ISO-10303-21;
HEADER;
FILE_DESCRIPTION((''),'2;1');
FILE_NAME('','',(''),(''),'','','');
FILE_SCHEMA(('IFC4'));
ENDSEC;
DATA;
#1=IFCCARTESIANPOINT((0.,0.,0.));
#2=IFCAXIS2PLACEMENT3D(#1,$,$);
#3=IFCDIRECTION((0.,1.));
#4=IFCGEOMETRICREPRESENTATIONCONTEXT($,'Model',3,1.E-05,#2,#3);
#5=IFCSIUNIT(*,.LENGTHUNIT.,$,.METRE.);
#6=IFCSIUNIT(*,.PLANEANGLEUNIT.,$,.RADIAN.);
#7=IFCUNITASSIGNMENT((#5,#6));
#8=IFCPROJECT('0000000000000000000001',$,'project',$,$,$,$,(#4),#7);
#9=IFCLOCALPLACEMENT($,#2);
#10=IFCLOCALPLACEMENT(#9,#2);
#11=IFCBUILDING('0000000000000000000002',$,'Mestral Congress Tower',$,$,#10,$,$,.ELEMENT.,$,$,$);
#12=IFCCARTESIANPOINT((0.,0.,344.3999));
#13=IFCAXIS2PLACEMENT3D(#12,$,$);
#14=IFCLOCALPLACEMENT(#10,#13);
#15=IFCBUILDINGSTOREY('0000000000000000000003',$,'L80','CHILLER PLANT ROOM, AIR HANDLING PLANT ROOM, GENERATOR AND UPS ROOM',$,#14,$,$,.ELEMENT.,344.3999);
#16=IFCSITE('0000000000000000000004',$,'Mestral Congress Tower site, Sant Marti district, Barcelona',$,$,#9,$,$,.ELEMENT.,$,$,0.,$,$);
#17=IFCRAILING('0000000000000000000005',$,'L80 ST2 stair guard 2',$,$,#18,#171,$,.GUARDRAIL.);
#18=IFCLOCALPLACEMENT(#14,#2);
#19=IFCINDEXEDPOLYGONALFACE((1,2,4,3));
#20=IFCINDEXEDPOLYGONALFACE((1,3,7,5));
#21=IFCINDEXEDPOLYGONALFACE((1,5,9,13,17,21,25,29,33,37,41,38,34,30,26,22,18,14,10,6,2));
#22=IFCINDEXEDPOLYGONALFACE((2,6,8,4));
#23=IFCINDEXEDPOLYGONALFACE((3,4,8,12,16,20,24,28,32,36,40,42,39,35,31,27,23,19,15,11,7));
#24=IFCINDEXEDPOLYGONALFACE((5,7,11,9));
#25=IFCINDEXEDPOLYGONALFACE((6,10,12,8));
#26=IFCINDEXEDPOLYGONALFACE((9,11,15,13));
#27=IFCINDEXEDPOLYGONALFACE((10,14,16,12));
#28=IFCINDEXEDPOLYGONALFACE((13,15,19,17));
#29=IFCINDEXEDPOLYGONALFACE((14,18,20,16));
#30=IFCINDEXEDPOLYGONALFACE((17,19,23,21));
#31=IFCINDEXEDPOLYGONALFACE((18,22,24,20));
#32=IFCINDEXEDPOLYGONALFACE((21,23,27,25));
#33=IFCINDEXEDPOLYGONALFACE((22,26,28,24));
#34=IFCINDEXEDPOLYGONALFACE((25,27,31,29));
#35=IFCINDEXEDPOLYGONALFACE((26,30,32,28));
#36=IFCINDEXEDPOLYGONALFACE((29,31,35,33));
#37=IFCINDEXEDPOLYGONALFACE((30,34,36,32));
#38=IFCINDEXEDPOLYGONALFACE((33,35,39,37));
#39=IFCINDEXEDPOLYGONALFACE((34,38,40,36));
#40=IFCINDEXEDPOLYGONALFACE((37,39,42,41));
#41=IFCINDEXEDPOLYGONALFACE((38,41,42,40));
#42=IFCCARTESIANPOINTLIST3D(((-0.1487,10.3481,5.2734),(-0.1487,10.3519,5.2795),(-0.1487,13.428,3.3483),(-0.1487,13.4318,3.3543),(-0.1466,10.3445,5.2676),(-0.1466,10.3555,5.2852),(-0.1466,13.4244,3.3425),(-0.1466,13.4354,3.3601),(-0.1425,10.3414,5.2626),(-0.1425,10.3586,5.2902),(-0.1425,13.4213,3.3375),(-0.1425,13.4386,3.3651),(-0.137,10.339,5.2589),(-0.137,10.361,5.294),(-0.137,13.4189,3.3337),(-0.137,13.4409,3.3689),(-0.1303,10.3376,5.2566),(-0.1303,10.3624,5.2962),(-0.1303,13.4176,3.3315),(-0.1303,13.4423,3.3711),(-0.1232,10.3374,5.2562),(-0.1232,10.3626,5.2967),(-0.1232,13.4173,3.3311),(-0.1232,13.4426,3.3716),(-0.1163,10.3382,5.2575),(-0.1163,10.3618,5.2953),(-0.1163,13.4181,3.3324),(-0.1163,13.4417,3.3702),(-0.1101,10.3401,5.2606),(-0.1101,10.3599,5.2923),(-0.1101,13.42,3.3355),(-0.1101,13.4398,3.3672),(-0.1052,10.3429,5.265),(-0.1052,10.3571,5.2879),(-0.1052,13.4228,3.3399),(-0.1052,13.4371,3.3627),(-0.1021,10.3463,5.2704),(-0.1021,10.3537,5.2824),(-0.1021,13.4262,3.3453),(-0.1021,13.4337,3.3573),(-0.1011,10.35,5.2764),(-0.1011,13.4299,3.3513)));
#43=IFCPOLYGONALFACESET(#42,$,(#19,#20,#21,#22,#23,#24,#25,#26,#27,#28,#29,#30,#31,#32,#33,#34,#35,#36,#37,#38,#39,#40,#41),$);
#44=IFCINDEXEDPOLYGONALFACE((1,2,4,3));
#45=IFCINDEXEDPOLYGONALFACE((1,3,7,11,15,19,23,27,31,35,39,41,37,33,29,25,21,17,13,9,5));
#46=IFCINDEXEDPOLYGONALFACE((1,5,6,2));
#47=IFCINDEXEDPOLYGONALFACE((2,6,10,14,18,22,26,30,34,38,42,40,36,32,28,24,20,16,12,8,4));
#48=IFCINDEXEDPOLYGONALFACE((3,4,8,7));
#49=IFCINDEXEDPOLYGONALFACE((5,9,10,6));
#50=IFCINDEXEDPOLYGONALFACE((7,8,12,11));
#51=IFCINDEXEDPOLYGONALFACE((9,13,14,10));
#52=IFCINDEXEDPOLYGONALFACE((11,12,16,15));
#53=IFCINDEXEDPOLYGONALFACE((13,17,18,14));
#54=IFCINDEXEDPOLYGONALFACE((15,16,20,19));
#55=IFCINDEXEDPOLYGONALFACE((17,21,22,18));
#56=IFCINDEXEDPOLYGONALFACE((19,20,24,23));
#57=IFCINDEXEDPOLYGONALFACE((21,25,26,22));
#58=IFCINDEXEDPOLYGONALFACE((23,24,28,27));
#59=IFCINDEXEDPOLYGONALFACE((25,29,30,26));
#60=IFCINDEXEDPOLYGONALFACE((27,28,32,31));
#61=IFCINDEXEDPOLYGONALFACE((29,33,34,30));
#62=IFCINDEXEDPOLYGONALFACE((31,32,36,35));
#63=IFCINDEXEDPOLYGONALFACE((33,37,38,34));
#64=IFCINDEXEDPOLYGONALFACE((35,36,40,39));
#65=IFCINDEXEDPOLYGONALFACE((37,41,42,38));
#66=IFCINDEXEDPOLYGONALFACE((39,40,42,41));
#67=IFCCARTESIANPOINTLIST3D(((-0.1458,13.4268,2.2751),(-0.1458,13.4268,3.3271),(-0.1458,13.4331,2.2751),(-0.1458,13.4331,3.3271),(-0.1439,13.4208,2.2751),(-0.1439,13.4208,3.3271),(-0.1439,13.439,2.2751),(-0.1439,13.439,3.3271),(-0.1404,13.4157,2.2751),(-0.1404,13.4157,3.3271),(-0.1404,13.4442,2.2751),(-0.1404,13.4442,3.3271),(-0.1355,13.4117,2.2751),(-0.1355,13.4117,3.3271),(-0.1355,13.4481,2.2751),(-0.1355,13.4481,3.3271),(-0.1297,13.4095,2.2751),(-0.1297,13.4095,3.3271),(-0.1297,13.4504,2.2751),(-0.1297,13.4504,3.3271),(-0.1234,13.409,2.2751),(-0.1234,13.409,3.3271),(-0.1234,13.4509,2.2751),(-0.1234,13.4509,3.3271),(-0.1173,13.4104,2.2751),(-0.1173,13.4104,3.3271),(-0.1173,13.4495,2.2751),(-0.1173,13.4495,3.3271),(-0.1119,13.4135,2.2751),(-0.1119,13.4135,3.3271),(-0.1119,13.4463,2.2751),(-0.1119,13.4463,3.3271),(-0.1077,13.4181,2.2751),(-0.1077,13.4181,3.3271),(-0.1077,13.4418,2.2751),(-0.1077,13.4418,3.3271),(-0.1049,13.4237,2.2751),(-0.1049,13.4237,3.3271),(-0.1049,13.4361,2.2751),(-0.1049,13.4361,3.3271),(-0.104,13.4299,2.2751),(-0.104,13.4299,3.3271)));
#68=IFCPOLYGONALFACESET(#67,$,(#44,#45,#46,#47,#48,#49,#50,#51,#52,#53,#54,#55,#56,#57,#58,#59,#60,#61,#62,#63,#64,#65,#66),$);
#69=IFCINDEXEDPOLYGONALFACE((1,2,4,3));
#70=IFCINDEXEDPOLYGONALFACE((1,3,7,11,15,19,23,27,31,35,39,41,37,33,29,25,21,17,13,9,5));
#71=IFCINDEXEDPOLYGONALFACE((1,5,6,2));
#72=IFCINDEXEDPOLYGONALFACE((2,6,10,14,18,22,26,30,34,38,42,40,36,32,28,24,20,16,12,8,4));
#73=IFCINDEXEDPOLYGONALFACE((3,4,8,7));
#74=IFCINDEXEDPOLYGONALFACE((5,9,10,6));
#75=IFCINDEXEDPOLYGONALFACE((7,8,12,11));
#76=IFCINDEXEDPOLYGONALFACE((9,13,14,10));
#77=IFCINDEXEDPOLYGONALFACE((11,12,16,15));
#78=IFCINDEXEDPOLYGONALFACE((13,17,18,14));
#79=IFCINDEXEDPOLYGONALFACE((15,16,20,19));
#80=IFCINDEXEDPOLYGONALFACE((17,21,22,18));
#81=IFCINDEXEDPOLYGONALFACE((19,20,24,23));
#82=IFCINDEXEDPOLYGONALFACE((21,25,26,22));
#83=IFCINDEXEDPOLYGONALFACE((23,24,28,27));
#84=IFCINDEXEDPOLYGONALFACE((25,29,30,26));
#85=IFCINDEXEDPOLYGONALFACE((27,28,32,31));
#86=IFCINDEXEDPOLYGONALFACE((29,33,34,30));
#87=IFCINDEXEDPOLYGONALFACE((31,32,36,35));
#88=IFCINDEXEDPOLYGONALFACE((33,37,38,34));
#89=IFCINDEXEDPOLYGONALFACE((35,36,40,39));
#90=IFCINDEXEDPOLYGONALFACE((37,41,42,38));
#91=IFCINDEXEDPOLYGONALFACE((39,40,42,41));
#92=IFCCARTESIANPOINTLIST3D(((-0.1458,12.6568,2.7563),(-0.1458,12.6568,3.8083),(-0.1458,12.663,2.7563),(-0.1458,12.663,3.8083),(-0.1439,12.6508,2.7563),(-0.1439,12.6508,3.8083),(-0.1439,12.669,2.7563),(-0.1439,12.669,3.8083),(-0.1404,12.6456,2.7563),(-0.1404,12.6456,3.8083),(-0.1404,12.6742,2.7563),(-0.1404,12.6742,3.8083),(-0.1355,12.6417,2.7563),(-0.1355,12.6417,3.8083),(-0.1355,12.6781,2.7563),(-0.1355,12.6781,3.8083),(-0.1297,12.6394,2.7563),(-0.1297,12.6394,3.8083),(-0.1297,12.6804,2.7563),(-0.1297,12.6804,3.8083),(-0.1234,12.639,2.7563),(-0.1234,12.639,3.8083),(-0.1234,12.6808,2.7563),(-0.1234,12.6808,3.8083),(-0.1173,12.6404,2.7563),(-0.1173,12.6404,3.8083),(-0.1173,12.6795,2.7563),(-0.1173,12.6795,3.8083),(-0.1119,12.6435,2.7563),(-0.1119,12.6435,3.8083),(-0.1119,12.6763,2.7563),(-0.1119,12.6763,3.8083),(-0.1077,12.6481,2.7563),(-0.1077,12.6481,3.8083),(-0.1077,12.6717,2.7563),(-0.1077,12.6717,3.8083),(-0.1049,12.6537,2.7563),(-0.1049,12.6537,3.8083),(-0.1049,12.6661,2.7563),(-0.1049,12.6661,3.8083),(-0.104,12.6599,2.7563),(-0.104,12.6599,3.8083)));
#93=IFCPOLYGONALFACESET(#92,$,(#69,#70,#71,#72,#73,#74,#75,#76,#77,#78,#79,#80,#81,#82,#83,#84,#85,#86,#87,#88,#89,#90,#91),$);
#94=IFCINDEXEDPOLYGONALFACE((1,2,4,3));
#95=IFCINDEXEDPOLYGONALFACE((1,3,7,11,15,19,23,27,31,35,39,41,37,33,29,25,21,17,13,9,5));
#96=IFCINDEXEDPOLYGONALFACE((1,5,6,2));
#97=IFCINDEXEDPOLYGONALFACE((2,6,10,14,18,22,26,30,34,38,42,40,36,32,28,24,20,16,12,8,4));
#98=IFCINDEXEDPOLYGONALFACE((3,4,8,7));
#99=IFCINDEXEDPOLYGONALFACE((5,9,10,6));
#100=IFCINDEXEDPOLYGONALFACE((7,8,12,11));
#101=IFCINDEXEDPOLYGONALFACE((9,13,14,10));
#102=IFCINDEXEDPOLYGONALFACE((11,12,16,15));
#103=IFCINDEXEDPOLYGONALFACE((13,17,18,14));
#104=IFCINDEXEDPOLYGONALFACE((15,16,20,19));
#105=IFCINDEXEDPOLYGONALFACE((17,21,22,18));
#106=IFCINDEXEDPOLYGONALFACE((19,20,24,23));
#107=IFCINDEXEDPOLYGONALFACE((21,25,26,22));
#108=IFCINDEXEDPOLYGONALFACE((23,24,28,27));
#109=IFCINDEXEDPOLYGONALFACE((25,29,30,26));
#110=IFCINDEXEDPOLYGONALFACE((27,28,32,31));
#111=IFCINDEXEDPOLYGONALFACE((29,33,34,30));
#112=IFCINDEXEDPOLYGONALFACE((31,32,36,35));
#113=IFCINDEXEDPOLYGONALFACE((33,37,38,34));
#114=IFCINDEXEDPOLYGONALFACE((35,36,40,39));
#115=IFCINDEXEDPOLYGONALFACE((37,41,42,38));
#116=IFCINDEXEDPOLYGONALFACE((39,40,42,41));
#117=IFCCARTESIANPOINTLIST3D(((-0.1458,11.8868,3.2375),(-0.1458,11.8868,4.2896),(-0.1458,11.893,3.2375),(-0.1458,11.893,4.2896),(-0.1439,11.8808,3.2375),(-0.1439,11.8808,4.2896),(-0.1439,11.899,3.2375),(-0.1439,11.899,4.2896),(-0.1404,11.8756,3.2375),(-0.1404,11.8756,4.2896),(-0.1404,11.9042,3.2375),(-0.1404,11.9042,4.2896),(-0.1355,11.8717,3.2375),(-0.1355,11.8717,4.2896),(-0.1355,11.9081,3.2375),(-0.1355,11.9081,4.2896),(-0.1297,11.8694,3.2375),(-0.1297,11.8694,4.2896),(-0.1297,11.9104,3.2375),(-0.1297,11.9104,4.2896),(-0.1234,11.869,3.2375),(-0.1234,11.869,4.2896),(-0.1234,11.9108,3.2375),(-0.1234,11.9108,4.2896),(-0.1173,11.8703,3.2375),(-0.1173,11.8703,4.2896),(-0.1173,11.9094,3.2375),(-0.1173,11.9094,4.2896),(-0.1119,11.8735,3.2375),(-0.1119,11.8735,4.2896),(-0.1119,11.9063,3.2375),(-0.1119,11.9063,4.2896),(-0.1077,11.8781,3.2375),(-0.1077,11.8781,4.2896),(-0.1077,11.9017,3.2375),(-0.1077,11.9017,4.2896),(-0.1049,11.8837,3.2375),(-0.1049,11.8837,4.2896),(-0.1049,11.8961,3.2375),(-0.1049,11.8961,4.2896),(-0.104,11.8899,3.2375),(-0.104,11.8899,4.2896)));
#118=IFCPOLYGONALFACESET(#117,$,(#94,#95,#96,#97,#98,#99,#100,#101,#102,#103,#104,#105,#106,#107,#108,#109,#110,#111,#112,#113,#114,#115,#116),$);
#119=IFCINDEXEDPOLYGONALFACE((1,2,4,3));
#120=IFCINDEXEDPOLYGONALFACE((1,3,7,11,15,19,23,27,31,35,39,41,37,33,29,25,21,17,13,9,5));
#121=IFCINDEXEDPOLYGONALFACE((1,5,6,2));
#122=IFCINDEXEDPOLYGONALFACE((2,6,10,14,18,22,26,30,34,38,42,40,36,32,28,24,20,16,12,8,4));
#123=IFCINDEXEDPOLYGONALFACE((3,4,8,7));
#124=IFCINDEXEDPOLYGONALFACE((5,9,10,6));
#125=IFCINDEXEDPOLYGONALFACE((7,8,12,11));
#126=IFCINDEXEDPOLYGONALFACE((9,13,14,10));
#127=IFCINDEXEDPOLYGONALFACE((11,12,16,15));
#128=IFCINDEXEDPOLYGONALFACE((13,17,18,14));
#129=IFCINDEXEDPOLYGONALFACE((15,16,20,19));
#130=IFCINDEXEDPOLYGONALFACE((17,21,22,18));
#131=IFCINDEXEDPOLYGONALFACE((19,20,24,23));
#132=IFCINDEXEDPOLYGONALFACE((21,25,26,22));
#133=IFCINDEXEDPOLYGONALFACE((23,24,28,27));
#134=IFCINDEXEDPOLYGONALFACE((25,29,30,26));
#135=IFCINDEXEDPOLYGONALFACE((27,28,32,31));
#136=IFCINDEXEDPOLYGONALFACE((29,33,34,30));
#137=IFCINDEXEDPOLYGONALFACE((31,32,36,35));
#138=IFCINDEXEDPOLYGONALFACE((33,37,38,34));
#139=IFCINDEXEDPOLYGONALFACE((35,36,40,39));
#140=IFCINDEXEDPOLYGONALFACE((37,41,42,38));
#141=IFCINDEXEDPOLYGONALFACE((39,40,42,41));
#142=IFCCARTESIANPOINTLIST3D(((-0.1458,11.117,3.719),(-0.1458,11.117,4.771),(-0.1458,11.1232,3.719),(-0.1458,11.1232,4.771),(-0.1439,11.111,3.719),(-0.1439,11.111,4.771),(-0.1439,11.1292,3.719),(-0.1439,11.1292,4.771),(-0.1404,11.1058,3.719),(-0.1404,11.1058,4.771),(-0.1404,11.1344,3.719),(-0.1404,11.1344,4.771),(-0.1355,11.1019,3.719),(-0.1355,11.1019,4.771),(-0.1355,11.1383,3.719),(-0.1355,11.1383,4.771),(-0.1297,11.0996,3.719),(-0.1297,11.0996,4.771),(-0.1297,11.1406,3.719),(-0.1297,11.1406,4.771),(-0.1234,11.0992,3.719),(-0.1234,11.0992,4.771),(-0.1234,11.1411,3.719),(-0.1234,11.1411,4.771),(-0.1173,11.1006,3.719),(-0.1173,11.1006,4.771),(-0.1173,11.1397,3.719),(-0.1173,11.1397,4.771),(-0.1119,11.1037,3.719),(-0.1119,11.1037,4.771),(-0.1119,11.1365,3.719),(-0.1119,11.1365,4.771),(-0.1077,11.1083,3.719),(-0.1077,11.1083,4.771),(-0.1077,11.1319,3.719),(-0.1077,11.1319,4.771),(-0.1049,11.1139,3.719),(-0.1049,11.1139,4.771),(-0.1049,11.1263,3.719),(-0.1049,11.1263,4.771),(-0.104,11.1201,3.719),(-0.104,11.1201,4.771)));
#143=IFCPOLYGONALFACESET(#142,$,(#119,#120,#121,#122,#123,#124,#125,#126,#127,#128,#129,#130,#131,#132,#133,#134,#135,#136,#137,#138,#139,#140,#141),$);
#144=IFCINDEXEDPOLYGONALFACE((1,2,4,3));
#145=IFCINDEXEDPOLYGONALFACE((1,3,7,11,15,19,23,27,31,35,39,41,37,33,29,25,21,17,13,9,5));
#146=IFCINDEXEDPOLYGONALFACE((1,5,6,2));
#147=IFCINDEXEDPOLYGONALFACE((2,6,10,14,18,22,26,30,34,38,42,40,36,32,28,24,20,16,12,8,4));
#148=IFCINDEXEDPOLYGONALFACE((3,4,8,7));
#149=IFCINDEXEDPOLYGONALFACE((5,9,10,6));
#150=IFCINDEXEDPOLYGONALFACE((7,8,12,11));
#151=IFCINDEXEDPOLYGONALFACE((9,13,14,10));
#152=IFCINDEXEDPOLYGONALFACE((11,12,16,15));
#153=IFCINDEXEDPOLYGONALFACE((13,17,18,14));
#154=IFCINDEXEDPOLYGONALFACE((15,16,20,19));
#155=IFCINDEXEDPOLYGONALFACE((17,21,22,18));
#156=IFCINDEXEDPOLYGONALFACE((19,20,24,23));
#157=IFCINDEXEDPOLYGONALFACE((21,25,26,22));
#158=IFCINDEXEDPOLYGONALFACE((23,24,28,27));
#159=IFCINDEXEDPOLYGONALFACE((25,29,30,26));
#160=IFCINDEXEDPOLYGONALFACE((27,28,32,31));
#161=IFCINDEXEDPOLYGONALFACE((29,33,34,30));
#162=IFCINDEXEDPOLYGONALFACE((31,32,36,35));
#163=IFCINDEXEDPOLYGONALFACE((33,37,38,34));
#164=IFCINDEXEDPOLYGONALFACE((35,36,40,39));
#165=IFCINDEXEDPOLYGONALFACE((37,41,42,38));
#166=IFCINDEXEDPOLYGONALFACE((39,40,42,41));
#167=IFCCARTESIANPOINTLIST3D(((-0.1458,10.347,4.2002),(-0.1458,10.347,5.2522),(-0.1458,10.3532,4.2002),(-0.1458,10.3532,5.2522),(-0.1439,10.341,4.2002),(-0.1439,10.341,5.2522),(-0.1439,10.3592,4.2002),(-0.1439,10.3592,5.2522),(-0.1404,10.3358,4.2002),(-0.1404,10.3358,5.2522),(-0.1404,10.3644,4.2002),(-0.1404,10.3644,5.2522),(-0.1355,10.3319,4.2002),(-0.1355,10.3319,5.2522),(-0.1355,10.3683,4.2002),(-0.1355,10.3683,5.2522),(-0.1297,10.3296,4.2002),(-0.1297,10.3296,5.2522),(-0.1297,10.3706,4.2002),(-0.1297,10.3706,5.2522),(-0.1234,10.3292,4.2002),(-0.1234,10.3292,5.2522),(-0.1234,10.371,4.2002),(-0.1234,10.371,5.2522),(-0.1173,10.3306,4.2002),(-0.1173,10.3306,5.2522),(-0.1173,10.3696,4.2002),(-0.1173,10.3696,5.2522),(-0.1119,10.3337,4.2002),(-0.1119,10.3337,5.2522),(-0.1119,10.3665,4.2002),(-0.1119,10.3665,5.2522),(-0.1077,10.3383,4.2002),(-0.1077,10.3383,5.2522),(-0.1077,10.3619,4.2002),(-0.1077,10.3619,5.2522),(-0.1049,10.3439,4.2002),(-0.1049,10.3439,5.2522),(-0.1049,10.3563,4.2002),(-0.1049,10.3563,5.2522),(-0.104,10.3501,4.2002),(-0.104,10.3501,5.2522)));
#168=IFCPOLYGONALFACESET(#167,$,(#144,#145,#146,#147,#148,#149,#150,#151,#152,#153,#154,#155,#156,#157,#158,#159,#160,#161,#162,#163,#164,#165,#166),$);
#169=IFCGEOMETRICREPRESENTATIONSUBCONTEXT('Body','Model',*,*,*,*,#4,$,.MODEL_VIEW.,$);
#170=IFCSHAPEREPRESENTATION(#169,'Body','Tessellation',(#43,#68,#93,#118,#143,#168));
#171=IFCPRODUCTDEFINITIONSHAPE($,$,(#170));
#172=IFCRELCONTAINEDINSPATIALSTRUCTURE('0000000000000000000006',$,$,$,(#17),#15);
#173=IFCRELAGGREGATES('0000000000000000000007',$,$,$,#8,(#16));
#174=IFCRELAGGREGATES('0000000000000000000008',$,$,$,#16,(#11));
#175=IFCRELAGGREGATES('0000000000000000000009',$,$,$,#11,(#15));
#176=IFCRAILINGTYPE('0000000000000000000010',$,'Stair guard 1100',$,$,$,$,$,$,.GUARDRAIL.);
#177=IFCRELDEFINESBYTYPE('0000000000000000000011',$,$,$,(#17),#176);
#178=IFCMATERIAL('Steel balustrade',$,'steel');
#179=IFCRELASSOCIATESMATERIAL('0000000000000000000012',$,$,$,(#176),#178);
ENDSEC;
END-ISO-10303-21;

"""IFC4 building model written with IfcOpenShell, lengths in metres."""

from ifc_helpers import new_model, si_unit, direction, frame, origin, origin_2d, place, context, subcontext, project, spatial, circle, extrude, material, type_object, element, save


model = new_model("IFC4")

# Units and contexts
model_context = context("Model", 3, precision=1e-05, world=origin(), true_north=direction((0.0, 1.0)))
body_context = subcontext(model_context, "Body", "Model", "MODEL_VIEW")
ifc_project = project(units=[si_unit("LENGTHUNIT", "METRE"), si_unit("PLANEANGLEUNIT", "RADIAN")], contexts=[model_context])

# Site, building, storey
site_placement = place(None, origin())
site = spatial("IfcSite", under=ifc_project, at=site_placement, Name="Mestral Congress Tower site, Sant Marti district, Barcelona", CompositionType="ELEMENT", RefElevation=0.0)
building_placement = place(site_placement, origin())
building = spatial("IfcBuilding", under=site, at=building_placement, Name="Mestral Congress Tower", CompositionType="ELEMENT")
storey_placement = place(building_placement, frame((0.0, 0.0, 344.3999)))
storey = spatial("IfcBuildingStorey", under=building, at=storey_placement, Name="L80", Description="CHILLER PLANT ROOM, AIR HANDLING PLANT ROOM, GENERATOR AND UPS ROOM", CompositionType="ELEMENT", Elevation=344.3999)

# Railing
ifc_material_1 = material(Name="Steel balustrade", Category="steel")
railing_type = type_object("IfcRailingType", Name="Stair guard 1100", PredefinedType="GUARDRAIL", material=ifc_material_1)
railing_placement = place(storey_placement, frame((-0.125, 13.4299, 2.2751)))
element("IfcRailing", 1, at=railing_placement, inside=storey, type_object=railing_type, Name="L80 ST2 stair guard 2", PredefinedType="GUARDRAIL", context=body_context, shape_type="SweptSolid", body=[
    extrude(circle(Radius=0.0239, at=origin_2d()), frame((0.0, 0.0, 1.0762), z_axis=(0.0, -0.847979, 0.530029), x_axis=(1.0, 0.0, 0.0)), (0.0, 0.0, 1.0), 3.6321),
    extrude(circle(Radius=0.021, at=origin_2d()), origin(), (0.0, 0.0, 1.0), 1.052),
    extrude(circle(Radius=0.021, at=origin_2d()), frame((0.0, -0.77, 0.4812)), (0.0, 0.0, 1.0), 1.052),
    extrude(circle(Radius=0.021, at=origin_2d()), frame((0.0, -1.54, 0.9624)), (0.0, 0.0, 1.0), 1.052),
    extrude(circle(Radius=0.021, at=origin_2d()), frame((0.0, -2.3098, 1.4438)), (0.0, 0.0, 1.0), 1.052),
    extrude(circle(Radius=0.021, at=origin_2d()), frame((0.0, -3.0798, 1.925)), (0.0, 0.0, 1.0), 1.052),
])

save(model, "model.ifc")
